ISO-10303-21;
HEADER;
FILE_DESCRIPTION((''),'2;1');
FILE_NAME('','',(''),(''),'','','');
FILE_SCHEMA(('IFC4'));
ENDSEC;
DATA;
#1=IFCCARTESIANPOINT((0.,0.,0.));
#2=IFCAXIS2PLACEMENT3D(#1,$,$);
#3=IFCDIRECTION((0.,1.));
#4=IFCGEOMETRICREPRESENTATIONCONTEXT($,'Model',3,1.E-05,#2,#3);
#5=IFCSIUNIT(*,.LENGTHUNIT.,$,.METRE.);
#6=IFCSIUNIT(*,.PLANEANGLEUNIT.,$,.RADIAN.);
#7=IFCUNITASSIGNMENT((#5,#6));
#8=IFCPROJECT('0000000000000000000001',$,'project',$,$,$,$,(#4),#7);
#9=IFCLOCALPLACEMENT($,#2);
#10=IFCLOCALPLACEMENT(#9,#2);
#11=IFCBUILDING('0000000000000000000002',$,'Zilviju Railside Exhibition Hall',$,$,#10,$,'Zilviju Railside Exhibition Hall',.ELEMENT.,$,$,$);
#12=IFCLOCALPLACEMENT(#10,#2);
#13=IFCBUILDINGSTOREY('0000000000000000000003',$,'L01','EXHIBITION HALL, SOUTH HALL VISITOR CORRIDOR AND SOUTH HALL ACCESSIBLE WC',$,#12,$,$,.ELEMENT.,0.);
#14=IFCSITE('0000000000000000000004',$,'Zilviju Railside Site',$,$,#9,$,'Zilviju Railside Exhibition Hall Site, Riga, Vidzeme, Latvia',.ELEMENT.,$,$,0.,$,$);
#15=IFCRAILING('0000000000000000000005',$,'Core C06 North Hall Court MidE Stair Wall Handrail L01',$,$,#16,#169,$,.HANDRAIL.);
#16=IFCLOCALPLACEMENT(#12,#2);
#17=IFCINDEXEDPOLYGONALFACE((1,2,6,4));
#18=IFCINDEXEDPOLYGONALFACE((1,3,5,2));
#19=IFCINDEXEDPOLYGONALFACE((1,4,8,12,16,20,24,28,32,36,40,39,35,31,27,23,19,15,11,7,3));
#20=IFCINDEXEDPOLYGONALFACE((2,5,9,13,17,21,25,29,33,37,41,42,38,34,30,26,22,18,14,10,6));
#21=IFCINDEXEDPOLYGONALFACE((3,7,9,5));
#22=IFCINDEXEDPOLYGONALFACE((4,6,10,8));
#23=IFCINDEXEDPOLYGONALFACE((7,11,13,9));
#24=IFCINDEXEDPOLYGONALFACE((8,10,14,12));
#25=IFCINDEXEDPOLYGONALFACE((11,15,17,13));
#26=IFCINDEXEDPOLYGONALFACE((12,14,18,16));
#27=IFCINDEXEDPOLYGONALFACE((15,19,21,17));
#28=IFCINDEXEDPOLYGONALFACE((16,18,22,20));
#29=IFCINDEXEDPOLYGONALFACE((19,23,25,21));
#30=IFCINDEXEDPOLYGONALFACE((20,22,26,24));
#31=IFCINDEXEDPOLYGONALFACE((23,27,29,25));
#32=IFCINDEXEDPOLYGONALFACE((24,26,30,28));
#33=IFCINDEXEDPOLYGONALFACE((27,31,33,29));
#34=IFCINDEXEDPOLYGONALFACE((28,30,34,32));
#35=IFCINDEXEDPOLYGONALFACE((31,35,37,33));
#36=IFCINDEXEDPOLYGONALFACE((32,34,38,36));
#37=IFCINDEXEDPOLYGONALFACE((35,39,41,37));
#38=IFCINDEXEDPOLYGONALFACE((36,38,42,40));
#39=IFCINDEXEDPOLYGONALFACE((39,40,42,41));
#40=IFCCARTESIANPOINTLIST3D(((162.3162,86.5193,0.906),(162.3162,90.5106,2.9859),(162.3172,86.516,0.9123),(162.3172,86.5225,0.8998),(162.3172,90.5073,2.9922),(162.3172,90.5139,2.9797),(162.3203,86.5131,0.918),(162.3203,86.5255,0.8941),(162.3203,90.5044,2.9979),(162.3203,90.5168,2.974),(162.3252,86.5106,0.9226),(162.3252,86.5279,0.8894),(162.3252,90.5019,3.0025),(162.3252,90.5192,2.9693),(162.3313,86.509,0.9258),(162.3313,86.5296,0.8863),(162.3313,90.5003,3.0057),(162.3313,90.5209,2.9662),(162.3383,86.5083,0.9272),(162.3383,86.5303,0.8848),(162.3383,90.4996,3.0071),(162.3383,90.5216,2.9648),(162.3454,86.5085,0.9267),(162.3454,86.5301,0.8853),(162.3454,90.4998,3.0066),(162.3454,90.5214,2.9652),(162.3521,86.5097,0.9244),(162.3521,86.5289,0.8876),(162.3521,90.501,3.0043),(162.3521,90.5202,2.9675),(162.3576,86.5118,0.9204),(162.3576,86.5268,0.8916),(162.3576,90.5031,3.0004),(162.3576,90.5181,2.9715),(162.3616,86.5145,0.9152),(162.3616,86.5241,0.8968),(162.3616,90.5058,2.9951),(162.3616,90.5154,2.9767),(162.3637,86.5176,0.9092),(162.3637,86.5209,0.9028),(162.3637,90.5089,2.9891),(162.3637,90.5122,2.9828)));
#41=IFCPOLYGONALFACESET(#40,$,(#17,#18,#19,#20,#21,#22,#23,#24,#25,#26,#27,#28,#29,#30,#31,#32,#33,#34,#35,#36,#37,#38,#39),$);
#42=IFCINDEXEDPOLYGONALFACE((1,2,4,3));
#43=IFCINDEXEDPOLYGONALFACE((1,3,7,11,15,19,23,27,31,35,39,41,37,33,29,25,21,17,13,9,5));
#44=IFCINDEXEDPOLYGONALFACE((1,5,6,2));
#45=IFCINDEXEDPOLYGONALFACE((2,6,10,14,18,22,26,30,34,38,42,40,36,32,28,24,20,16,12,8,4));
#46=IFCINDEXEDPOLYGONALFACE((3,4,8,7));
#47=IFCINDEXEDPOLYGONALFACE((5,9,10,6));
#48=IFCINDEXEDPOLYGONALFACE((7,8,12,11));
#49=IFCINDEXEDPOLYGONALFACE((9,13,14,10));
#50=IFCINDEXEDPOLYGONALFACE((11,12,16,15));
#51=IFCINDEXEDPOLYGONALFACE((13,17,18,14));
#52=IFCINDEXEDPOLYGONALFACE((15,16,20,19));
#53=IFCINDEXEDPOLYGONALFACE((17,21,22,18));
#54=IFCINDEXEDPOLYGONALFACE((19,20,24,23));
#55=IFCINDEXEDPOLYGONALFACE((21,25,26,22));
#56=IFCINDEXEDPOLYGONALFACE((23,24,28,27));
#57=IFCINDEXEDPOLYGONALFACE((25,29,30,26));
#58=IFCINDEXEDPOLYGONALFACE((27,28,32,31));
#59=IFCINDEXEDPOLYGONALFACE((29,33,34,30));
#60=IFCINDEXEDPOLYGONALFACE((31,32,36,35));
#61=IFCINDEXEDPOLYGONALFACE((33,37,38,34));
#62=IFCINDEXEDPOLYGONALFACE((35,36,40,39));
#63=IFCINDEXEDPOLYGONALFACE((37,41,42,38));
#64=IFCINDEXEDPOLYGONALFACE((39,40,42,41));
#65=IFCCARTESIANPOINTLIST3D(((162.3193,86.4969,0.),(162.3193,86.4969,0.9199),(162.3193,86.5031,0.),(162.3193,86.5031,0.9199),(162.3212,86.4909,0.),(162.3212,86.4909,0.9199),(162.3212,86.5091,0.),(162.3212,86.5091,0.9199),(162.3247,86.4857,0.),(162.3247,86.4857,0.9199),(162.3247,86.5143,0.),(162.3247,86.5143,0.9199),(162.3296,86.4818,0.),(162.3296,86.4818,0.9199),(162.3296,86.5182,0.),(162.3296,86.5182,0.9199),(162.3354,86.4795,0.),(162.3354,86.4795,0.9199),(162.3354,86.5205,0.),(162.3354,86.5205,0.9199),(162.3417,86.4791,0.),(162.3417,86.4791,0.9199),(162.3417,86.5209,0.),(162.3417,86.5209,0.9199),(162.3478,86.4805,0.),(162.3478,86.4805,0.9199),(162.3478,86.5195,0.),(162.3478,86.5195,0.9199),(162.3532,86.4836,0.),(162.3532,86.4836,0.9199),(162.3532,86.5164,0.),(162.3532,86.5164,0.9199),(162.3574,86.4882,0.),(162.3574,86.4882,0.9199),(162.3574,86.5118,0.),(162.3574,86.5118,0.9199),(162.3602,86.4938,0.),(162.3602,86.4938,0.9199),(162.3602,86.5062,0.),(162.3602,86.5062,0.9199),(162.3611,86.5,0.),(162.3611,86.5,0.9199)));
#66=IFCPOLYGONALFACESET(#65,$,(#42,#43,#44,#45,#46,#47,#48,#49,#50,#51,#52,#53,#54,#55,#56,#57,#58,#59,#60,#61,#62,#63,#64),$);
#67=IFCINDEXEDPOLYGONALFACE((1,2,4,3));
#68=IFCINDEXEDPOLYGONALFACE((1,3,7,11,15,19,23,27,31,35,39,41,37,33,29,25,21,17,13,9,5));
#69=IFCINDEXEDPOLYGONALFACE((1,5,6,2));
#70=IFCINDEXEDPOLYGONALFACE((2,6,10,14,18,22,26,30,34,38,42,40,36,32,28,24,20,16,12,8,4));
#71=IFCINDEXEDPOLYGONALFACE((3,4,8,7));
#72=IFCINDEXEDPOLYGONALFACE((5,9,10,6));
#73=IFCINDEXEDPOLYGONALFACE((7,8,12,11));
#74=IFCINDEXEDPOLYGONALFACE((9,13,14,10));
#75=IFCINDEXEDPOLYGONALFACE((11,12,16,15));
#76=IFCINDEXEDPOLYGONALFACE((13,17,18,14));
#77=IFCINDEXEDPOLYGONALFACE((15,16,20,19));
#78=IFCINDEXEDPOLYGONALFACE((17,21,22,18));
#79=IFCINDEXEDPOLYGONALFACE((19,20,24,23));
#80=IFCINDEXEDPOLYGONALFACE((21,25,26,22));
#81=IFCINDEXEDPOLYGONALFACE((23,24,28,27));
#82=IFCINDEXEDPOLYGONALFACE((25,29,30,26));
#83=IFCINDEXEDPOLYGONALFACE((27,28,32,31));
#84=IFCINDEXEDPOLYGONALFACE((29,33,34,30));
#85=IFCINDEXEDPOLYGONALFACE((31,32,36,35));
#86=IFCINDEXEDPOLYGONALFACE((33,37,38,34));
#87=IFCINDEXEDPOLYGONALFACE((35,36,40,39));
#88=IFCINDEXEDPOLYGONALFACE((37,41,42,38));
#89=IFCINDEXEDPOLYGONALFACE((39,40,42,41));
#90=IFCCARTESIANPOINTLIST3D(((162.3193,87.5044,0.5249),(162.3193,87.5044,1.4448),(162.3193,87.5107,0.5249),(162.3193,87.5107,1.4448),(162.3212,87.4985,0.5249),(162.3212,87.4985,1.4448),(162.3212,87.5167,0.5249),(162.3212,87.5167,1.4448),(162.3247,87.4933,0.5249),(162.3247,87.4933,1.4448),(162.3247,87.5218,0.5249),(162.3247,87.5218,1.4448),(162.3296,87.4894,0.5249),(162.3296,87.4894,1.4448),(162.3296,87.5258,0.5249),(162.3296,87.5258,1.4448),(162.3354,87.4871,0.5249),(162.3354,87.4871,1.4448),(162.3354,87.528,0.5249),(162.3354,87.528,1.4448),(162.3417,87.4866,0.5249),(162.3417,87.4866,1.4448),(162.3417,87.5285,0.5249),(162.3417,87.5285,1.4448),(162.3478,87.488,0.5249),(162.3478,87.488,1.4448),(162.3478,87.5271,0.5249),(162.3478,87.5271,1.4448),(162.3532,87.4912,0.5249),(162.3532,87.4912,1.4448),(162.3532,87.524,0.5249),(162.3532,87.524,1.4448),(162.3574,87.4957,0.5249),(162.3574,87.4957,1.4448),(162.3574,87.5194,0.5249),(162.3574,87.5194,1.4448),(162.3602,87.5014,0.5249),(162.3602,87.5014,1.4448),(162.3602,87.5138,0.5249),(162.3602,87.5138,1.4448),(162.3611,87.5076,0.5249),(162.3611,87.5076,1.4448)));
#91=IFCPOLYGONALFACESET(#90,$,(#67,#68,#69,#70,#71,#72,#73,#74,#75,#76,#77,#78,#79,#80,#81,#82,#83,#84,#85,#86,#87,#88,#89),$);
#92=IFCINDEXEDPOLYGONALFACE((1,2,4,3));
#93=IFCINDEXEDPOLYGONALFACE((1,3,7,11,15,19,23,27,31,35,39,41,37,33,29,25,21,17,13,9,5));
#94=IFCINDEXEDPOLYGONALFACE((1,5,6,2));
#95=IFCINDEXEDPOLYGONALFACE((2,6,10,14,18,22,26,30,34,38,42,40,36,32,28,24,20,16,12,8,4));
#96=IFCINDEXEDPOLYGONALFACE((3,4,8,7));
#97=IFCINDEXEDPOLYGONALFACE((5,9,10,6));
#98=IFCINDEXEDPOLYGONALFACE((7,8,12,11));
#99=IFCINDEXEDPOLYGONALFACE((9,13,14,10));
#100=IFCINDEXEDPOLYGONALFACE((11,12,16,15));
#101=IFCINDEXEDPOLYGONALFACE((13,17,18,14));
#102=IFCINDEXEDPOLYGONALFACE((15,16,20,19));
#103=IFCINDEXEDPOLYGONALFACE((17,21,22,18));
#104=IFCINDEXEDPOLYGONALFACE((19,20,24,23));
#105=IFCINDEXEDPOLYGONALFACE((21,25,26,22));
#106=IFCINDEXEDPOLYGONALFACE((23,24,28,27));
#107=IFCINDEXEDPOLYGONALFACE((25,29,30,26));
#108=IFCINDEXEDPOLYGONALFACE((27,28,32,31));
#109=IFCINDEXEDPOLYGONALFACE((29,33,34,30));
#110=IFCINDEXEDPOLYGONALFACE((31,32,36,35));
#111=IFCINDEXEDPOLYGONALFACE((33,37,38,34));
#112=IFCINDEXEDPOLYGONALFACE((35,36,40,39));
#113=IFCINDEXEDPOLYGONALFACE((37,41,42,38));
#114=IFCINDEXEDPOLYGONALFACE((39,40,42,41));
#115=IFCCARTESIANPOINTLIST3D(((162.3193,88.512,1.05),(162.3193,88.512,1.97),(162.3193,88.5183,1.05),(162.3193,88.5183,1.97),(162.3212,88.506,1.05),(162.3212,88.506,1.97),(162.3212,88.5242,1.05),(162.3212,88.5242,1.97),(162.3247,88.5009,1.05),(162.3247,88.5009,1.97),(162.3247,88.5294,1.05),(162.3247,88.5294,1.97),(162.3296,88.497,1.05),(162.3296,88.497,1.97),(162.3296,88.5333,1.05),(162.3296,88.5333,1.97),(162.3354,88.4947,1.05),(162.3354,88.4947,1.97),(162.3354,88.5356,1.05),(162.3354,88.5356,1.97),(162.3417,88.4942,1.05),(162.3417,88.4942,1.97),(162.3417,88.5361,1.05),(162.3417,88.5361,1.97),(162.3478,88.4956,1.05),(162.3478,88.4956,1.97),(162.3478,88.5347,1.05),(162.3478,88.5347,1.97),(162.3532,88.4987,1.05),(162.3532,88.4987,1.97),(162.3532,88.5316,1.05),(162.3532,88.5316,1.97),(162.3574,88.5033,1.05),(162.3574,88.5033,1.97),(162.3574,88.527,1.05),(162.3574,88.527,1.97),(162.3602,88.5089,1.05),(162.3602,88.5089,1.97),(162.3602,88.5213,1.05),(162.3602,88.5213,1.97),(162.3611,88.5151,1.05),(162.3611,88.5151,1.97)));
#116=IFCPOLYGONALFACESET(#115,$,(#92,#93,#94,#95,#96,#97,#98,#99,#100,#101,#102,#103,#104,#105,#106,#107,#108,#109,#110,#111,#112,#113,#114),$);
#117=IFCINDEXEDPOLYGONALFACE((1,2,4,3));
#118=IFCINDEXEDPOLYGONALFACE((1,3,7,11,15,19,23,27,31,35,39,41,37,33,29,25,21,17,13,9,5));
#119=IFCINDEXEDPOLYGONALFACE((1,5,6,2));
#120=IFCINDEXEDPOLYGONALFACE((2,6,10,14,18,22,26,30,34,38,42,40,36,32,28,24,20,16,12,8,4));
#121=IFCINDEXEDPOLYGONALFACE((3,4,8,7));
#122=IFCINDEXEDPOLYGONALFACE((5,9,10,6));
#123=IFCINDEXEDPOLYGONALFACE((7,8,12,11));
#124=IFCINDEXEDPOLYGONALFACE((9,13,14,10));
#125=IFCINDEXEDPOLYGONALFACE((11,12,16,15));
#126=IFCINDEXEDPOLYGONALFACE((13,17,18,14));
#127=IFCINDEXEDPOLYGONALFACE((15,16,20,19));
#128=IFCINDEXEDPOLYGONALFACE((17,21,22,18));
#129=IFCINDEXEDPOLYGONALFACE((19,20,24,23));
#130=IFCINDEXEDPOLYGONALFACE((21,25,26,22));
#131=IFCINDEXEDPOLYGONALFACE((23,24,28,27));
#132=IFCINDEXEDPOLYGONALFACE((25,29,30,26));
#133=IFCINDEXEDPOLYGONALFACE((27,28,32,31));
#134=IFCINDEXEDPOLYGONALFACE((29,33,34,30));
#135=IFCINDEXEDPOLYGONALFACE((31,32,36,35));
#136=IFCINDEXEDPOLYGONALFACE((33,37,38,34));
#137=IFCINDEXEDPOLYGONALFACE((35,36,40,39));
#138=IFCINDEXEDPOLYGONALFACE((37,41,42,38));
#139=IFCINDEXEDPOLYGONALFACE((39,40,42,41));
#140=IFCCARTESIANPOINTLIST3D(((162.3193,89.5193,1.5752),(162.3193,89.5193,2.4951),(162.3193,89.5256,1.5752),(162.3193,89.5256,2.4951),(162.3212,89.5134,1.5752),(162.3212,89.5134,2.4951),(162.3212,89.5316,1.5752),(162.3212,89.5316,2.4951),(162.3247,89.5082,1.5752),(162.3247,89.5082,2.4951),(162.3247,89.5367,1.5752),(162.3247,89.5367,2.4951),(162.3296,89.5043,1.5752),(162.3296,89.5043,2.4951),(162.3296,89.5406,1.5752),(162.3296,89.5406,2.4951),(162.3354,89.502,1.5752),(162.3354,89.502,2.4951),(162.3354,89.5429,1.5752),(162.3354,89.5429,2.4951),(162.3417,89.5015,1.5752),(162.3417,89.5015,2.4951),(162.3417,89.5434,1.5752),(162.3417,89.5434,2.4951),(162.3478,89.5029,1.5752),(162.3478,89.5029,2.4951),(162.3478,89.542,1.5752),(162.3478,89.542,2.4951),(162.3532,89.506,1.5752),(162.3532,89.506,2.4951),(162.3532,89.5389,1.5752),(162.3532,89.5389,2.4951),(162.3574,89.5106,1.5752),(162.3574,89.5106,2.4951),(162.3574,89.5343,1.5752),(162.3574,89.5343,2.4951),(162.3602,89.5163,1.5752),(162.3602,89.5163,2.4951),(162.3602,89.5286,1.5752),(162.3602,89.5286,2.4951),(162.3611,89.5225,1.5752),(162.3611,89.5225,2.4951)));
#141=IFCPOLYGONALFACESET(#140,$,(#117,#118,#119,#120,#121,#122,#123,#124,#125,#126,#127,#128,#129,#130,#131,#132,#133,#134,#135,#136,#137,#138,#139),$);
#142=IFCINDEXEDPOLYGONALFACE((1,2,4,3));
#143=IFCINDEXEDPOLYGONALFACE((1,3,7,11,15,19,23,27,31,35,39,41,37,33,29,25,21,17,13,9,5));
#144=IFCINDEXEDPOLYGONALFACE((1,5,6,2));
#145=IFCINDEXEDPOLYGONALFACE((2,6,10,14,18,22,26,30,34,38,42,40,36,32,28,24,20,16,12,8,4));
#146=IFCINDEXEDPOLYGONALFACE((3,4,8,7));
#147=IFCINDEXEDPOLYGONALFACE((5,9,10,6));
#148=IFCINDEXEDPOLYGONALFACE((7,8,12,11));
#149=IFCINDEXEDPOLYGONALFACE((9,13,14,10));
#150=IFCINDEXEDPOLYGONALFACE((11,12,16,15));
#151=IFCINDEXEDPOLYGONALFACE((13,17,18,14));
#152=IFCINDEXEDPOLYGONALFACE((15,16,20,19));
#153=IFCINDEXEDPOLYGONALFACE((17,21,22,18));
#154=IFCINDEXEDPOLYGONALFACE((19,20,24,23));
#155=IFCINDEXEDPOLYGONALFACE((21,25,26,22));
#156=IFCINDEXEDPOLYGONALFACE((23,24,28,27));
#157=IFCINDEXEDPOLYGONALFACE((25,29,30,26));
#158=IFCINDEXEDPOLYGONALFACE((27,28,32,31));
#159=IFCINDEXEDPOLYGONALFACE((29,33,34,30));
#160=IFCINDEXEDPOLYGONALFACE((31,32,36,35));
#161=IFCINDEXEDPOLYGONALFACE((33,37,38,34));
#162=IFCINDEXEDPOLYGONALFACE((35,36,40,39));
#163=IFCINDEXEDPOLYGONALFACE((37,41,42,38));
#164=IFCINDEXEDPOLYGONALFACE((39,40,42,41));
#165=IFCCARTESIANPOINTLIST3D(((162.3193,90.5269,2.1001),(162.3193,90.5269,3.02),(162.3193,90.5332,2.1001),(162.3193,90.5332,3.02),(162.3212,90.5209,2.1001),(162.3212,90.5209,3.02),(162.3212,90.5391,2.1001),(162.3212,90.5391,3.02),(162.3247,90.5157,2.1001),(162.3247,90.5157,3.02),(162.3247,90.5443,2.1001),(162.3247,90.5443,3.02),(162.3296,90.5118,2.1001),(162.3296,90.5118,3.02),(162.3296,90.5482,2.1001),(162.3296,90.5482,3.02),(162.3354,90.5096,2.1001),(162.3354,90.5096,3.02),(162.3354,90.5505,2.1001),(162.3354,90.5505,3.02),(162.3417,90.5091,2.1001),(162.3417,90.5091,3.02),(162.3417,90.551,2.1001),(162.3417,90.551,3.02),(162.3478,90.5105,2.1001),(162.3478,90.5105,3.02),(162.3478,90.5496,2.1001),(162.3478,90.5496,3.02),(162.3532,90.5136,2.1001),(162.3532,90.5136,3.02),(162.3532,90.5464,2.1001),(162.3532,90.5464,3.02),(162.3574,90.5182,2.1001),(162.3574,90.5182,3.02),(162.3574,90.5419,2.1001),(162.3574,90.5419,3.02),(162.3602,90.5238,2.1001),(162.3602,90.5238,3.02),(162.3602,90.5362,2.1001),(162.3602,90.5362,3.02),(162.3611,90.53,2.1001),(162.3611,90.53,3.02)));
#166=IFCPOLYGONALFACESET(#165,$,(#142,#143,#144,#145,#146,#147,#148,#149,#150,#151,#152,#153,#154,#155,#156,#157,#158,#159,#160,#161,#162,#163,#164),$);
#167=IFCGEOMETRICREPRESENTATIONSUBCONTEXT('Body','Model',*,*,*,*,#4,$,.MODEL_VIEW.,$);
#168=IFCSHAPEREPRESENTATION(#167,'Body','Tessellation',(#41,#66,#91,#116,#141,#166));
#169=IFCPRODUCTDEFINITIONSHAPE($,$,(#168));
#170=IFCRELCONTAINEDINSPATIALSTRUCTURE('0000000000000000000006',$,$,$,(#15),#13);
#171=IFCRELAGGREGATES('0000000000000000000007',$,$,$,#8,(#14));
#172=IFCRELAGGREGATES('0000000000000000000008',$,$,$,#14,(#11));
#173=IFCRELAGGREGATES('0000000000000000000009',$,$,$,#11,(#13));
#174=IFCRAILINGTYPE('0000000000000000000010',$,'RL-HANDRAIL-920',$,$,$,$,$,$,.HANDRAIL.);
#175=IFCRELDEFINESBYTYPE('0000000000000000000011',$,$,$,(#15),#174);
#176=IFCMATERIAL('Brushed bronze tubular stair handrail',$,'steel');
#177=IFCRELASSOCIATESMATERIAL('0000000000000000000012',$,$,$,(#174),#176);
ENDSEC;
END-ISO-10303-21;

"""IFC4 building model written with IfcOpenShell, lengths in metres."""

from ifc_helpers import new_model, si_unit, direction, frame, origin, origin_2d, place, context, subcontext, project, spatial, circle, extrude, material, type_object, element, save


model = new_model("IFC4")

# Units and contexts
model_context = context("Model", 3, precision=1e-05, world=origin(), true_north=direction((0.0, 1.0)))
body_context = subcontext(model_context, "Body", "Model", "MODEL_VIEW")
ifc_project = project(units=[si_unit("LENGTHUNIT", "METRE"), si_unit("PLANEANGLEUNIT", "RADIAN")], contexts=[model_context])

# Site, building, storey
site_placement = place(None, origin())
site = spatial("IfcSite", under=ifc_project, at=site_placement, Name="Zilviju Railside Site", LongName="Zilviju Railside Exhibition Hall Site, Riga, Vidzeme, Latvia", CompositionType="ELEMENT", RefElevation=0.0)
building_placement = place(site_placement, origin())
building = spatial("IfcBuilding", under=site, at=building_placement, Name="Zilviju Railside Exhibition Hall", LongName="Zilviju Railside Exhibition Hall", CompositionType="ELEMENT")
storey_placement = place(building_placement, origin())
storey = spatial("IfcBuildingStorey", under=building, at=storey_placement, Name="L01", Description="EXHIBITION HALL, SOUTH HALL VISITOR CORRIDOR AND SOUTH HALL ACCESSIBLE WC", CompositionType="ELEMENT", Elevation=0.0)

# Railing
ifc_material_1 = material(Name="Brushed bronze tubular stair handrail", Category="steel")
railing_type_1 = type_object("IfcRailingType", Name="RL-HANDRAIL-920", PredefinedType="HANDRAIL", material=ifc_material_1)
railing_1_placement = place(storey_placement, frame((162.3401, 86.5, 0.0)))
element("IfcRailing", 1, at=railing_1_placement, inside=storey, type_object=railing_type_1, Name="Core C06 North Hall Court MidE Stair Wall Handrail L01", PredefinedType="HANDRAIL", context=body_context, shape_type="SweptSolid", body=[
    extrude(circle(Radius=0.0239, at=origin_2d()), frame((0.0, 0.0193, 0.906), z_axis=(0.0, 0.886813, 0.462129), x_axis=(-1.0, 0.0, 0.0)), (0.0, 0.0, 1.0), 4.5007),
    extrude(circle(Radius=0.021, at=origin_2d()), origin(), (0.0, 0.0, 1.0), 0.9199),
    extrude(circle(Radius=0.021, at=origin_2d()), frame((0.0, 1.0076, 0.5249)), (0.0, 0.0, 1.0), 0.9199),
    extrude(circle(Radius=0.021, at=origin_2d()), frame((0.0, 2.0151, 1.05)), (0.0, 0.0, 1.0), 0.9199),
    extrude(circle(Radius=0.021, at=origin_2d()), frame((0.0, 3.0225, 1.5752)), (0.0, 0.0, 1.0), 0.9199),
    extrude(circle(Radius=0.021, at=origin_2d()), frame((0.0, 4.03, 2.1001)), (0.0, 0.0, 1.0), 0.9199),
])

save(model, "model.ifc")
